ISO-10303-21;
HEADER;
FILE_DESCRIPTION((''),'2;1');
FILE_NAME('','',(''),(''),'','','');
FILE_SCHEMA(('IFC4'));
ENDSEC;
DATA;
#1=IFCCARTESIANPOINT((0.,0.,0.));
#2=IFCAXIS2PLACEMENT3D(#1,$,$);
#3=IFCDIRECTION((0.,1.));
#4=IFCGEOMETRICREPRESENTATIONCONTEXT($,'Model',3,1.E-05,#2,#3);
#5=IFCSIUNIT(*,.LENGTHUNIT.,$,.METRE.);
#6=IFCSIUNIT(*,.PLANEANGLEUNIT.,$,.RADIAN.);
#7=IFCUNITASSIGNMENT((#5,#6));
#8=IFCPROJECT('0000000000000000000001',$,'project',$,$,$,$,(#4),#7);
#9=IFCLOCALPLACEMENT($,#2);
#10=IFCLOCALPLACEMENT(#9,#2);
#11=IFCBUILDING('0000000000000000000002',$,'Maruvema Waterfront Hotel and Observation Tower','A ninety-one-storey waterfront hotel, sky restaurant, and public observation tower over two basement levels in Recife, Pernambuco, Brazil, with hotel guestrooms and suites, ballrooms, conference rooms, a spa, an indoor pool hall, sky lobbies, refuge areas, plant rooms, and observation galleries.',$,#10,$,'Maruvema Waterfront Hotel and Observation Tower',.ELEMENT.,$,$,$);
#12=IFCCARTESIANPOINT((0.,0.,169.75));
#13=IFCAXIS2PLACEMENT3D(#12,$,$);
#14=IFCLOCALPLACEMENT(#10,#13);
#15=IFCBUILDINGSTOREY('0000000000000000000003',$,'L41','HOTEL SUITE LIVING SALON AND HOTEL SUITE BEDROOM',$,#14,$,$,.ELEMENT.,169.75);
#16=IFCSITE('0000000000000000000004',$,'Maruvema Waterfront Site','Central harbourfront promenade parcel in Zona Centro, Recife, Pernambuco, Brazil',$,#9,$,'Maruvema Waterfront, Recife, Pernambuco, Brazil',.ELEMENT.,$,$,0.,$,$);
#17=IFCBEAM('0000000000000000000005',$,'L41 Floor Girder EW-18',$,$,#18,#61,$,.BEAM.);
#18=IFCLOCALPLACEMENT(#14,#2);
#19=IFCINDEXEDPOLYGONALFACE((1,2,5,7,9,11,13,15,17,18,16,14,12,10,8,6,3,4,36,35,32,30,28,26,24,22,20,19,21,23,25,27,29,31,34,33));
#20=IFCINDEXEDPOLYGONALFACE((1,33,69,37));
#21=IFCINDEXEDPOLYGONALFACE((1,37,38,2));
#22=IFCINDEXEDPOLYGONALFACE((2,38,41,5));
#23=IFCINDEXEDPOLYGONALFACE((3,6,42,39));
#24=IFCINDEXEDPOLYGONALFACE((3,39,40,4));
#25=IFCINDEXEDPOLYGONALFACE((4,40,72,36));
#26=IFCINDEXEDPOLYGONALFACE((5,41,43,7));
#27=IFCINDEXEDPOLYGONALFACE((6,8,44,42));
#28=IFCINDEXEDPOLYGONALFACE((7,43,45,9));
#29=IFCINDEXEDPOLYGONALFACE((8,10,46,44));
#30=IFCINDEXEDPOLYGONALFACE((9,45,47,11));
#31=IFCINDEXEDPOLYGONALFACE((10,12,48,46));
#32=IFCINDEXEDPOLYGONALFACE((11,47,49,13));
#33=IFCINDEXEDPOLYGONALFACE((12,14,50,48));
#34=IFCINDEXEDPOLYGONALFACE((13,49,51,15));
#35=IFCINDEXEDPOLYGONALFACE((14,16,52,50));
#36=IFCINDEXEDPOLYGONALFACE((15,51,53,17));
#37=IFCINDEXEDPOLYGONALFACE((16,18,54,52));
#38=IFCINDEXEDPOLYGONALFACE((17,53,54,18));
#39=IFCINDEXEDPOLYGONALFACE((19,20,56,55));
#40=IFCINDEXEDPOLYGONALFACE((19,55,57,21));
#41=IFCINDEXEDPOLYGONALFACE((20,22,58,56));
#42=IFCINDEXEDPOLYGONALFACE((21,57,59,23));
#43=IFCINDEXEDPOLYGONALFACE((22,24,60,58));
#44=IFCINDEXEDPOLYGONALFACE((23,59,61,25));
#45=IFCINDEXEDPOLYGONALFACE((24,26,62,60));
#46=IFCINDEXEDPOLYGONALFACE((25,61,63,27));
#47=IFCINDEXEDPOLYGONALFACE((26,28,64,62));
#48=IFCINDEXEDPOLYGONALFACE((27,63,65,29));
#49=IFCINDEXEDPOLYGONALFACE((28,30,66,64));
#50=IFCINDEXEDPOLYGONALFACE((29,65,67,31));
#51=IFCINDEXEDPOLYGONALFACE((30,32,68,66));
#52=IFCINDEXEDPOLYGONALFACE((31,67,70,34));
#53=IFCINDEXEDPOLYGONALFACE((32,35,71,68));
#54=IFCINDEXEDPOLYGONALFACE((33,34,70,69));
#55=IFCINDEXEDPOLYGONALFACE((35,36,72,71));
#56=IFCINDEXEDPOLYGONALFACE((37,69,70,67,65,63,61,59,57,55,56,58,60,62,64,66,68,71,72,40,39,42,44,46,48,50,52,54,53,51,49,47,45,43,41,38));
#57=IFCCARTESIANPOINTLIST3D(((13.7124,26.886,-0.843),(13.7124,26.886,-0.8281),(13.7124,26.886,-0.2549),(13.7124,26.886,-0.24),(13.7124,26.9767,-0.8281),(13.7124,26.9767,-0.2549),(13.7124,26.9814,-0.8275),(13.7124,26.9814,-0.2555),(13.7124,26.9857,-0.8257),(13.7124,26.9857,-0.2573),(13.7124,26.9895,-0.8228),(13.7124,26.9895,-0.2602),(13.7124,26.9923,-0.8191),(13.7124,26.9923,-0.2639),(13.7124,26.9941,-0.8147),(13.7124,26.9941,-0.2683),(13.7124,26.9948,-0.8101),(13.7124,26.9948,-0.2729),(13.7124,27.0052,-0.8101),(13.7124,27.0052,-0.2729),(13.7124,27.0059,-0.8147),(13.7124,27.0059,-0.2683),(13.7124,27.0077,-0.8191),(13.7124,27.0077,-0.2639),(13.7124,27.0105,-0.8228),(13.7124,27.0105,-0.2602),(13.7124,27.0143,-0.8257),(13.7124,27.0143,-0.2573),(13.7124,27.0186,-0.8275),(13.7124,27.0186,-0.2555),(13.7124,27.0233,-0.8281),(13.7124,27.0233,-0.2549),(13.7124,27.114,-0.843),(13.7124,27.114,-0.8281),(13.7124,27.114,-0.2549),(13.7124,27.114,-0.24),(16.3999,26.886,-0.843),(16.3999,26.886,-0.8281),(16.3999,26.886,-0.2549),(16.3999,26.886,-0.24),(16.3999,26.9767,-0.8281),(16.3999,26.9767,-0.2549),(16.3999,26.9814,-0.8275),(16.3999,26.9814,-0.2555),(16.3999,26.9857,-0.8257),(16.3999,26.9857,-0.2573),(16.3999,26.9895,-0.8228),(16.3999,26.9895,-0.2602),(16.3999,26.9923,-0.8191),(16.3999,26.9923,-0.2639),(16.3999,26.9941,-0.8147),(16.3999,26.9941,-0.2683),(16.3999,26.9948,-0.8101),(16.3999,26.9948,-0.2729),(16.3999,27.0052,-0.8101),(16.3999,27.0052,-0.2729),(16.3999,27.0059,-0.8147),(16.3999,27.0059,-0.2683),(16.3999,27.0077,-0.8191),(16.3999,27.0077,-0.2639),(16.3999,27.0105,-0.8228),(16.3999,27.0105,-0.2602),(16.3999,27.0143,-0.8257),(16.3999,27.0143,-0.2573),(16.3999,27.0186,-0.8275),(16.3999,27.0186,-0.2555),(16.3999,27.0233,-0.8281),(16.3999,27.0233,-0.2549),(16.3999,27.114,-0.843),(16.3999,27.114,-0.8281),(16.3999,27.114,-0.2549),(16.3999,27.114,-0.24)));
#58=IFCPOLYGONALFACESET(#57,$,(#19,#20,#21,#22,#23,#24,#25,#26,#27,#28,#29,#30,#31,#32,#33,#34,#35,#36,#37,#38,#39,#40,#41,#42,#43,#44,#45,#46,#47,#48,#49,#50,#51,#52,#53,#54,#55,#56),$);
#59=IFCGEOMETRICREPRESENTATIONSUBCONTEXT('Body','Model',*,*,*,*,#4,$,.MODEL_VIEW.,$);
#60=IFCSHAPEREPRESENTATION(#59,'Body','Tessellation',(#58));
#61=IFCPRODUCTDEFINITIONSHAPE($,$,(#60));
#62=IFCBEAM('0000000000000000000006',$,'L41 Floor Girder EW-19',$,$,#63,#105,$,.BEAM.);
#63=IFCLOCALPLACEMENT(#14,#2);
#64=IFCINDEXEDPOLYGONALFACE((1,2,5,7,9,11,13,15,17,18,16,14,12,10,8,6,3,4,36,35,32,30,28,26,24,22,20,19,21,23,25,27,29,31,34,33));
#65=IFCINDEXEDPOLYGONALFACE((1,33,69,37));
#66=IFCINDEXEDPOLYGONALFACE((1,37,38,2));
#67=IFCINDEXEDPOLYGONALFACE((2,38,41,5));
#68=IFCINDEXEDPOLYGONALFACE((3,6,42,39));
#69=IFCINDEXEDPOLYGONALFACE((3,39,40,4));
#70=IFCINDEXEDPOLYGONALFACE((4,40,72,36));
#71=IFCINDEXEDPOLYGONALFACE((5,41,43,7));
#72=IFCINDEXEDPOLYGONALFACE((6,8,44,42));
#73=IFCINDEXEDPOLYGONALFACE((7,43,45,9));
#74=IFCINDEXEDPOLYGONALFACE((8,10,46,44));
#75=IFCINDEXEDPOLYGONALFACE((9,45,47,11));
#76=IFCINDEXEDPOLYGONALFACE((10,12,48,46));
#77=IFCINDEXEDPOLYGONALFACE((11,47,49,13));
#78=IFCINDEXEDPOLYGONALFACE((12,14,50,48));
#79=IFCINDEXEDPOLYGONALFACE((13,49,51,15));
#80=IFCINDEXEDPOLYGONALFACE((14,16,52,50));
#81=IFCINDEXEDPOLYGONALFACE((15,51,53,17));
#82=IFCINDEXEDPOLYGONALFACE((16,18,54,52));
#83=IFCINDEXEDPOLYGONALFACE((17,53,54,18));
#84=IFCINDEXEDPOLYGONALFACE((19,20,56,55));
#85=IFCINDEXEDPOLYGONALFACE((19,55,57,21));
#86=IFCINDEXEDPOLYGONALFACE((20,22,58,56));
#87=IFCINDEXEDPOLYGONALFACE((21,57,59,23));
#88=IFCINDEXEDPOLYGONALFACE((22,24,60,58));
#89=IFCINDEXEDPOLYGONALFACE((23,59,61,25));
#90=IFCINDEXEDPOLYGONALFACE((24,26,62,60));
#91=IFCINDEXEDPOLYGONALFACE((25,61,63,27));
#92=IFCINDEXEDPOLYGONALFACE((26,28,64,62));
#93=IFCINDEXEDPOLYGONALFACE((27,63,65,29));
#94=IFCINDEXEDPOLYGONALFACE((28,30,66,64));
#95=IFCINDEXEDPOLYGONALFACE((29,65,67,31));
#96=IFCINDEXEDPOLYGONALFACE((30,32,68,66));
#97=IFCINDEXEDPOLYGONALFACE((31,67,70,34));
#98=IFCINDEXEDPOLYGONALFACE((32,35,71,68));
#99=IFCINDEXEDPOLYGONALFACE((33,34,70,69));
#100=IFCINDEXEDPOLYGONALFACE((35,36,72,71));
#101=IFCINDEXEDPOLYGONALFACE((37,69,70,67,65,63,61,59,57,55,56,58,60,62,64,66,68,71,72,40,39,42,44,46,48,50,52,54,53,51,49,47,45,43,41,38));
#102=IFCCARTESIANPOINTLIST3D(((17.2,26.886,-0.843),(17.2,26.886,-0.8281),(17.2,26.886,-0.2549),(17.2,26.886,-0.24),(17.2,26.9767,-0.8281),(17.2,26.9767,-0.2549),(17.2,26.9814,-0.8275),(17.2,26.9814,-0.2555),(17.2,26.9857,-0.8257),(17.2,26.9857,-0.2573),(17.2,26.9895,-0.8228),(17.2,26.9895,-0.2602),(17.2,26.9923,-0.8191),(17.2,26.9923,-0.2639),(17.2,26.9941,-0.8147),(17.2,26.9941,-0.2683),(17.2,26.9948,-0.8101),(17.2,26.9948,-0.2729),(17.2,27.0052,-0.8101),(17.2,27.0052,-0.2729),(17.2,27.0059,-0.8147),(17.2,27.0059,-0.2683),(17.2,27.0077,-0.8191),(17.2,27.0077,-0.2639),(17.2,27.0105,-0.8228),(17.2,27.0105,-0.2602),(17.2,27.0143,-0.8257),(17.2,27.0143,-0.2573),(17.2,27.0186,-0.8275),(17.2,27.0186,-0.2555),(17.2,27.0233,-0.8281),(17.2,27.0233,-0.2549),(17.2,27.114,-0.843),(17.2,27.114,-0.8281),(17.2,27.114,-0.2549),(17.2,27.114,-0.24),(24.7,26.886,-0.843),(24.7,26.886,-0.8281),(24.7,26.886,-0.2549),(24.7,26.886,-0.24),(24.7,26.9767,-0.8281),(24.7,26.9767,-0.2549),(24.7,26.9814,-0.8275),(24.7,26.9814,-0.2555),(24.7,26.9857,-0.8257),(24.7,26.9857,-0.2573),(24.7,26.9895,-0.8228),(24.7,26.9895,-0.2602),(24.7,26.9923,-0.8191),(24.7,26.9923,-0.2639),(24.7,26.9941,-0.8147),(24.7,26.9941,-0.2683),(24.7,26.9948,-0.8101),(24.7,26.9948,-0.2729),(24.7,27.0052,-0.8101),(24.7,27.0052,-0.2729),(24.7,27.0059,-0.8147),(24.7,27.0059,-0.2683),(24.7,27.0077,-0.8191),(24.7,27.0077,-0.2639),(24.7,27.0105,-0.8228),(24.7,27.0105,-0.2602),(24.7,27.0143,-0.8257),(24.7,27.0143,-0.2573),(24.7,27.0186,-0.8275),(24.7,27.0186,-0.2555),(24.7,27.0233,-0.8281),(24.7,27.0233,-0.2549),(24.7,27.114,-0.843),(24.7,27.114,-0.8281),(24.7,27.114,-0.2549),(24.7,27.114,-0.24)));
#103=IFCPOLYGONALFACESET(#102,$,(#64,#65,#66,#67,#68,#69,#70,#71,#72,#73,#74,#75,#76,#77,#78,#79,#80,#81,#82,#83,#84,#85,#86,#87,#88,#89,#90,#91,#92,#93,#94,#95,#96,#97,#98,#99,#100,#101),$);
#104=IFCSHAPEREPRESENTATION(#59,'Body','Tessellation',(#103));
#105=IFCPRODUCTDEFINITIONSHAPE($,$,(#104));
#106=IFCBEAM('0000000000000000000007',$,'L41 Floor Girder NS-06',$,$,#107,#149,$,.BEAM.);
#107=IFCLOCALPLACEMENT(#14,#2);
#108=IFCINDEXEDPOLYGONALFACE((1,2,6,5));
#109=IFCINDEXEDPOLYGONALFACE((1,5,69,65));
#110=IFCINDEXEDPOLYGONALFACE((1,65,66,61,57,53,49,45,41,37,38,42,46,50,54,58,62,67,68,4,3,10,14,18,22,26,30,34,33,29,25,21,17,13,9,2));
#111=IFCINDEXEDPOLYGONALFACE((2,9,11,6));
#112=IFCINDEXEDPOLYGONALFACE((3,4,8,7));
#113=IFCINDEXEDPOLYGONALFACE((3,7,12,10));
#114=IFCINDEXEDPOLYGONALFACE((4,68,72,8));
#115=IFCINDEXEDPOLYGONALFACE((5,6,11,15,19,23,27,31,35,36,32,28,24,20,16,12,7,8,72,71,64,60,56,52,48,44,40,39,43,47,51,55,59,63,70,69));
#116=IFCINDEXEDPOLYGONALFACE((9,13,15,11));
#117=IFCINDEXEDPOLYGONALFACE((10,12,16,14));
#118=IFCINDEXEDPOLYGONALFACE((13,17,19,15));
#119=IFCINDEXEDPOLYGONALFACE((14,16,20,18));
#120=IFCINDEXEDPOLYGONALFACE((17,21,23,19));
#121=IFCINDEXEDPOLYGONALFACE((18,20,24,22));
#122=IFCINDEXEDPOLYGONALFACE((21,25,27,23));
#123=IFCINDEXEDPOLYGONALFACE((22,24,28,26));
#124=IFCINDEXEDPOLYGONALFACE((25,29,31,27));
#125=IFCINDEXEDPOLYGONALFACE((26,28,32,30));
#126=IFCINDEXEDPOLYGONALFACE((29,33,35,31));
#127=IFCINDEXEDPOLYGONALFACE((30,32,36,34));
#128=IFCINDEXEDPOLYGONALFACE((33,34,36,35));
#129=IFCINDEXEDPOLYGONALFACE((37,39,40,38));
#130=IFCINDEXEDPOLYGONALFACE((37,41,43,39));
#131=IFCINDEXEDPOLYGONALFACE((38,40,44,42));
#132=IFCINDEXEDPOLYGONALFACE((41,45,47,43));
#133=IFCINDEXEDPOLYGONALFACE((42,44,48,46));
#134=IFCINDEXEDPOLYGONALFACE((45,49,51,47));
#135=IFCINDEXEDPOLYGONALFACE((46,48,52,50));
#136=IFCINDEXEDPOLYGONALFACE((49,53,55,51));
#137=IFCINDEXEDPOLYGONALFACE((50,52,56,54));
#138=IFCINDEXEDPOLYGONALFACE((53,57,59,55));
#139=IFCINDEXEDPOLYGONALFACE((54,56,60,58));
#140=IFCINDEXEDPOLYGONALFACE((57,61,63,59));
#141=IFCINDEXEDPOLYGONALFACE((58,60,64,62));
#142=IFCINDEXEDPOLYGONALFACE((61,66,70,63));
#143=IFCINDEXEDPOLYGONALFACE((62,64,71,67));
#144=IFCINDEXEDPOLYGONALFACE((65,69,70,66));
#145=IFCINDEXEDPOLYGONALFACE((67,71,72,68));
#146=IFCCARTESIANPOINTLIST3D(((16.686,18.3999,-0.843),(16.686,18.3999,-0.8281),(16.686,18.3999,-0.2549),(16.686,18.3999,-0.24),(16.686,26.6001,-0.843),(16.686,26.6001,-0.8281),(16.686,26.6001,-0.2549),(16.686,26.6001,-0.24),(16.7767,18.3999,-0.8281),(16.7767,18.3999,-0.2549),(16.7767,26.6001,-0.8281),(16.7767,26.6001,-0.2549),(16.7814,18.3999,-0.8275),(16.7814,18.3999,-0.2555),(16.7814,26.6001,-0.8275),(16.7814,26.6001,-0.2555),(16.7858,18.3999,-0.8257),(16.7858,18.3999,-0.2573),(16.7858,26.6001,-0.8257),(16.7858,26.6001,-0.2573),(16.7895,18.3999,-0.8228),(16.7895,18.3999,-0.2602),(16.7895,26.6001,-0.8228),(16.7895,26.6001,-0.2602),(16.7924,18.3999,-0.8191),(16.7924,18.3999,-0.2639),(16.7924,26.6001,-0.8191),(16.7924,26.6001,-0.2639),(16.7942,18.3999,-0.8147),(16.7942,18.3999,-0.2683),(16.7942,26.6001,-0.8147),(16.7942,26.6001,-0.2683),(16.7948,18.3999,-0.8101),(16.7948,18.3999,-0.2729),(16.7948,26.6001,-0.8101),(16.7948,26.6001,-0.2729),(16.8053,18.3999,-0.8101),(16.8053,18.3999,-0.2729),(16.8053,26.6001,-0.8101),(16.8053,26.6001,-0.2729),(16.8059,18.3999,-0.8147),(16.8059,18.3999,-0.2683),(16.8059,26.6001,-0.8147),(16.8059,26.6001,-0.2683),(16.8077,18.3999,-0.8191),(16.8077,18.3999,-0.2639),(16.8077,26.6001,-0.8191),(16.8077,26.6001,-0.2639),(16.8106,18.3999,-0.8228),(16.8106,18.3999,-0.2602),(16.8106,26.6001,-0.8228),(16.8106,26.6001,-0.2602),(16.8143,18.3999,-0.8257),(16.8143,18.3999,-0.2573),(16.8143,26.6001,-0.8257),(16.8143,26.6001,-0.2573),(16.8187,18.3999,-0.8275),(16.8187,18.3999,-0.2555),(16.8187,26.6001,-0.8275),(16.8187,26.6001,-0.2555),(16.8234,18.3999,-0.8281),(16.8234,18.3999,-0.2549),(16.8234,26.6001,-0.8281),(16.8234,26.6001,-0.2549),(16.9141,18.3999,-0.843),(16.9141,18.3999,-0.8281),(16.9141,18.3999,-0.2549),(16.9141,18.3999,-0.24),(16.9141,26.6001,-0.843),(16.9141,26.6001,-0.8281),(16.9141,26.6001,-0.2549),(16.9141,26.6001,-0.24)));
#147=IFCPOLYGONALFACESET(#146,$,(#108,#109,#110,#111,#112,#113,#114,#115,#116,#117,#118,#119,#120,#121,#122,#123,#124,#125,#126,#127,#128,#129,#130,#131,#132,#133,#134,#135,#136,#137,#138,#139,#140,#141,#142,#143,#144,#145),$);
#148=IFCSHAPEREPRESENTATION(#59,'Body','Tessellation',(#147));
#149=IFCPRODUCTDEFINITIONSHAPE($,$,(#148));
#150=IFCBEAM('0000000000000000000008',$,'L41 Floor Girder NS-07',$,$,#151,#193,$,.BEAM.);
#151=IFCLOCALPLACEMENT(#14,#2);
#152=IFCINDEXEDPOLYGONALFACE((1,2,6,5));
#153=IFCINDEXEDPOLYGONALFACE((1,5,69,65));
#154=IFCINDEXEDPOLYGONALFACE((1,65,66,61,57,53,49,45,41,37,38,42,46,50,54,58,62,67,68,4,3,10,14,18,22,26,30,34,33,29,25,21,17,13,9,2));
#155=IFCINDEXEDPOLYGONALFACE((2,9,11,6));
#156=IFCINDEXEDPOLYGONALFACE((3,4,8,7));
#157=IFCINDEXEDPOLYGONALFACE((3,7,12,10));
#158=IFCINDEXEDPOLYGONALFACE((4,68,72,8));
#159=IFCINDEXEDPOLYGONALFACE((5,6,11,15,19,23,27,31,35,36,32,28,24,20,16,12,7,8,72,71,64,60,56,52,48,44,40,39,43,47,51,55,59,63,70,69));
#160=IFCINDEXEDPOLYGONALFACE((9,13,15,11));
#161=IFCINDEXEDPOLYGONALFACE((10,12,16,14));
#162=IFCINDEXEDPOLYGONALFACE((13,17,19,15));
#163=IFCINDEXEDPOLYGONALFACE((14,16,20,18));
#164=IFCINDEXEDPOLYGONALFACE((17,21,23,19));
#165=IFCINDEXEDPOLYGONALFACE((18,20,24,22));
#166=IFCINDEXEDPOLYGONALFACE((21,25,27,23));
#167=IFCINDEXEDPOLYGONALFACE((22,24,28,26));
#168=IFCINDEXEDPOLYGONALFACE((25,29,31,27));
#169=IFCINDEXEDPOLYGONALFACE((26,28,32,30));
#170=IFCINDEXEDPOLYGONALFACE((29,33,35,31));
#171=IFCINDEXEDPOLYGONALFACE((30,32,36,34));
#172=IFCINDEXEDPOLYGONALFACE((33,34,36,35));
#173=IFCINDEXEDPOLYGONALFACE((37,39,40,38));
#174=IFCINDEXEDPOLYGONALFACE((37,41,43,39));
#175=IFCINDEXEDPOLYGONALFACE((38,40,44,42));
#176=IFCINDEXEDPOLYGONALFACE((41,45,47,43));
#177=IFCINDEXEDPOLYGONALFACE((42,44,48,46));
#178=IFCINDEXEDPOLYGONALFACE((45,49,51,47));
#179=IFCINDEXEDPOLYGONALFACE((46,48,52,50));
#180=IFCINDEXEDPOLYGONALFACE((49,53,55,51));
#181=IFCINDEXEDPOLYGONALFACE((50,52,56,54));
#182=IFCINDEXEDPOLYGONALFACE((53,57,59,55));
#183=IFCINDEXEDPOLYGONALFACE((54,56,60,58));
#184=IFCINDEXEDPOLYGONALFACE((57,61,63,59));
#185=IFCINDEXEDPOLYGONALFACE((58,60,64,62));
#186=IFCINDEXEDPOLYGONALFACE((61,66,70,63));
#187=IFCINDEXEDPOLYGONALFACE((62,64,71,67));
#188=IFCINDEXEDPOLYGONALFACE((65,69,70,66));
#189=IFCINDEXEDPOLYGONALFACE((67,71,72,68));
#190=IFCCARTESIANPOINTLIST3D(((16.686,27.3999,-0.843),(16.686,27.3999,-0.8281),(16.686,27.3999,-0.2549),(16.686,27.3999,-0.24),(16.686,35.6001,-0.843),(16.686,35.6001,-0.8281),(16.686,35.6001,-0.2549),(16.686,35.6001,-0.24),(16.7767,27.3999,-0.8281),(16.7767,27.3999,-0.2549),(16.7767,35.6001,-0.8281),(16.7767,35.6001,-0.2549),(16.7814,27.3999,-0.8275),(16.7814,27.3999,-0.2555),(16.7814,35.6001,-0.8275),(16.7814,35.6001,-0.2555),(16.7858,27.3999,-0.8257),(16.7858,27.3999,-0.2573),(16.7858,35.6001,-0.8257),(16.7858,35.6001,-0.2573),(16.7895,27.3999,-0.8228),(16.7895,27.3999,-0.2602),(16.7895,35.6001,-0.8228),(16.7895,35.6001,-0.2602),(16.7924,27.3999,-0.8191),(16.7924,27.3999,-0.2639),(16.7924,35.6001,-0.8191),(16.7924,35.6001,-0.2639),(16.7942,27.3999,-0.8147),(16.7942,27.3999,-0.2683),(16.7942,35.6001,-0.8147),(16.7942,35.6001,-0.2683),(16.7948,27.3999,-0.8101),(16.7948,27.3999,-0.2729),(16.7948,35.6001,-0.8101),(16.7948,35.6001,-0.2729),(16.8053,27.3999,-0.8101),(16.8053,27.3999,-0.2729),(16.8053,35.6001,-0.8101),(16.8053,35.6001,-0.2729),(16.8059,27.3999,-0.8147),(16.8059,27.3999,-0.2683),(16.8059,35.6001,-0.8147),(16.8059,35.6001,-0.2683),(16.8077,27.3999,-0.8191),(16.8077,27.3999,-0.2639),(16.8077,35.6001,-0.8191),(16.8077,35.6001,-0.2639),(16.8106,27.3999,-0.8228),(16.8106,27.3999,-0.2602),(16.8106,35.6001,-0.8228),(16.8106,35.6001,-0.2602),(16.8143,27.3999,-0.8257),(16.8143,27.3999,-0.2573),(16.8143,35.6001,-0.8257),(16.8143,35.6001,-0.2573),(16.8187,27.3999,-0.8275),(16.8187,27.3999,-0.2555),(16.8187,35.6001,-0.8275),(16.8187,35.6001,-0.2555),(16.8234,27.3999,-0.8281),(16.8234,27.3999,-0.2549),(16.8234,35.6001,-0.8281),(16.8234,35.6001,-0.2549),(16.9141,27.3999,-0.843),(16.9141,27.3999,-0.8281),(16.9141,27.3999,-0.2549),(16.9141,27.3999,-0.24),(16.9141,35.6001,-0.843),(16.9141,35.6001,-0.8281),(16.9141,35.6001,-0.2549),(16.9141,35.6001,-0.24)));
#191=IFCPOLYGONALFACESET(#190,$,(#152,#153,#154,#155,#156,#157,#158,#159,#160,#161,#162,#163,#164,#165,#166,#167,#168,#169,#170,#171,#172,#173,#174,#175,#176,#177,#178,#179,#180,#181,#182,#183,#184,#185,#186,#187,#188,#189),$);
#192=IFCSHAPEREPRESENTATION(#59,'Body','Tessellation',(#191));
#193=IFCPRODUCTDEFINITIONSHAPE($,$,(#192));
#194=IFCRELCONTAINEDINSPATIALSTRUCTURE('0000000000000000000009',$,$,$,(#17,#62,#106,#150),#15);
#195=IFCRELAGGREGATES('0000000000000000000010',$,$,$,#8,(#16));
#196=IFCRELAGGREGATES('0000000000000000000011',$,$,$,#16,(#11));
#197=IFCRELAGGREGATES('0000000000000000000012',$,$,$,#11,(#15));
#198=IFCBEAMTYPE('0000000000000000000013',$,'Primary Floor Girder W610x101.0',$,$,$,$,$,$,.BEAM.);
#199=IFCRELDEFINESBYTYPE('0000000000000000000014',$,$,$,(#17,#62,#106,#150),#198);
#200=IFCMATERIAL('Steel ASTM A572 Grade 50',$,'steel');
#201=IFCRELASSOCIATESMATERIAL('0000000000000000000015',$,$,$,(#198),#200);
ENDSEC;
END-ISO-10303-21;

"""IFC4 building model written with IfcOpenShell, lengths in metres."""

from ifc_helpers import new_model, si_unit, direction, frame, origin, origin_2d, place, context, subcontext, project, spatial, i_section, extrude, material, material_profile, profile_set, type_object, element, save


model = new_model("IFC4")

# Units and contexts
model_context = context("Model", 3, precision=1e-05, world=origin(), true_north=direction((0.0, 1.0)))
body_context = subcontext(model_context, "Body", "Model", "MODEL_VIEW")
ifc_project = project(units=[si_unit("LENGTHUNIT", "METRE"), si_unit("PLANEANGLEUNIT", "RADIAN")], contexts=[model_context])

# Site, building, storey
site_placement = place(None, origin())
site = spatial("IfcSite", under=ifc_project, at=site_placement, Name="Maruvema Waterfront Site", Description="Central harbourfront promenade parcel in Zona Centro, Recife, Pernambuco, Brazil", LongName="Maruvema Waterfront, Recife, Pernambuco, Brazil", CompositionType="ELEMENT", RefElevation=0.0)
building_placement = place(site_placement, origin())
building = spatial("IfcBuilding", under=site, at=building_placement, Name="Maruvema Waterfront Hotel and Observation Tower", Description="A ninety-one-storey waterfront hotel, sky restaurant, and public observation tower over two basement levels in Recife, Pernambuco, Brazil, with hotel guestrooms and suites, ballrooms, conference rooms, a spa, an indoor pool hall, sky lobbies, refuge areas, plant rooms, and observation galleries.", LongName="Maruvema Waterfront Hotel and Observation Tower", CompositionType="ELEMENT")
storey_placement = place(building_placement, frame((0.0, 0.0, 169.75)))
storey = spatial("IfcBuildingStorey", under=building, at=storey_placement, Name="L41", Description="HOTEL SUITE LIVING SALON AND HOTEL SUITE BEDROOM", CompositionType="ELEMENT", Elevation=169.75)

# Beams
ifc_material_1 = material(Name="Steel ASTM A572 Grade 50", Category="steel")
ifc_material_profile_1 = material_profile(ifc_material_1, i_section(OverallWidth=0.228, OverallDepth=0.603, WebThickness=0.0105, FlangeThickness=0.0149, FilletRadius=0.0181, at=origin_2d()), Name="W610x101.0")
ifc_profile_set_1 = profile_set([ifc_material_profile_1], Name="Steel ASTM A572 Grade 50")
beam_type_1 = type_object("IfcBeamType", Name="Primary Floor Girder W610x101.0", PredefinedType="BEAM", material=ifc_profile_set_1)
beam_1_placement = place(storey_placement, frame((13.7124, 27.0, -0.5415), z_axis=(1.0, 0.0, 0.0), x_axis=(0.0, 1.0, 0.0)))
element("IfcBeam", 1, at=beam_1_placement, inside=storey, type_object=beam_type_1, Name="L41 Floor Girder EW-18", PredefinedType="BEAM", context=body_context, shape_type="SweptSolid", body=[
    extrude(i_section(OverallWidth=0.228, OverallDepth=0.603, WebThickness=0.0105, FlangeThickness=0.0149, FilletRadius=0.0181, at=origin_2d()), origin(), (0.0, 0.0, 1.0), 2.6875),
])
beam_2_placement = place(storey_placement, frame((17.2, 27.0, -0.5415), z_axis=(1.0, 0.0, 0.0), x_axis=(0.0, 1.0, 0.0)))
element("IfcBeam", 2, at=beam_2_placement, inside=storey, type_object=beam_type_1, Name="L41 Floor Girder EW-19", PredefinedType="BEAM", context=body_context, shape_type="SweptSolid", body=[
    extrude(i_section(OverallWidth=0.228, OverallDepth=0.603, WebThickness=0.0105, FlangeThickness=0.0149, FilletRadius=0.0181, at=origin_2d()), origin(), (0.0, 0.0, 1.0), 7.5),
])
for number, where, z_axis, x_axis, name in (
    (3, (16.8, 18.3999, -0.5415), (0.0, 1.0, 0.0), (-1.0, 0.0, 0.0), "L41 Floor Girder NS-06"),
    (4, (16.8, 27.3999, -0.5415), (0.0, 1.0, 0.0), (-1.0, 0.0, 0.0), "L41 Floor Girder NS-07"),
):
    element("IfcBeam", number, at=place(storey_placement, frame(where, z_axis=z_axis, x_axis=x_axis)), inside=storey, type_object=beam_type_1, Name=name, PredefinedType="BEAM", context=body_context, shape_type="SweptSolid", body=[
        extrude(i_section(OverallWidth=0.228, OverallDepth=0.603, WebThickness=0.0105, FlangeThickness=0.0149, FilletRadius=0.0181, at=origin_2d()), origin(), (0.0, 0.0, 1.0), 8.2002),
    ])

save(model, "model.ifc")
